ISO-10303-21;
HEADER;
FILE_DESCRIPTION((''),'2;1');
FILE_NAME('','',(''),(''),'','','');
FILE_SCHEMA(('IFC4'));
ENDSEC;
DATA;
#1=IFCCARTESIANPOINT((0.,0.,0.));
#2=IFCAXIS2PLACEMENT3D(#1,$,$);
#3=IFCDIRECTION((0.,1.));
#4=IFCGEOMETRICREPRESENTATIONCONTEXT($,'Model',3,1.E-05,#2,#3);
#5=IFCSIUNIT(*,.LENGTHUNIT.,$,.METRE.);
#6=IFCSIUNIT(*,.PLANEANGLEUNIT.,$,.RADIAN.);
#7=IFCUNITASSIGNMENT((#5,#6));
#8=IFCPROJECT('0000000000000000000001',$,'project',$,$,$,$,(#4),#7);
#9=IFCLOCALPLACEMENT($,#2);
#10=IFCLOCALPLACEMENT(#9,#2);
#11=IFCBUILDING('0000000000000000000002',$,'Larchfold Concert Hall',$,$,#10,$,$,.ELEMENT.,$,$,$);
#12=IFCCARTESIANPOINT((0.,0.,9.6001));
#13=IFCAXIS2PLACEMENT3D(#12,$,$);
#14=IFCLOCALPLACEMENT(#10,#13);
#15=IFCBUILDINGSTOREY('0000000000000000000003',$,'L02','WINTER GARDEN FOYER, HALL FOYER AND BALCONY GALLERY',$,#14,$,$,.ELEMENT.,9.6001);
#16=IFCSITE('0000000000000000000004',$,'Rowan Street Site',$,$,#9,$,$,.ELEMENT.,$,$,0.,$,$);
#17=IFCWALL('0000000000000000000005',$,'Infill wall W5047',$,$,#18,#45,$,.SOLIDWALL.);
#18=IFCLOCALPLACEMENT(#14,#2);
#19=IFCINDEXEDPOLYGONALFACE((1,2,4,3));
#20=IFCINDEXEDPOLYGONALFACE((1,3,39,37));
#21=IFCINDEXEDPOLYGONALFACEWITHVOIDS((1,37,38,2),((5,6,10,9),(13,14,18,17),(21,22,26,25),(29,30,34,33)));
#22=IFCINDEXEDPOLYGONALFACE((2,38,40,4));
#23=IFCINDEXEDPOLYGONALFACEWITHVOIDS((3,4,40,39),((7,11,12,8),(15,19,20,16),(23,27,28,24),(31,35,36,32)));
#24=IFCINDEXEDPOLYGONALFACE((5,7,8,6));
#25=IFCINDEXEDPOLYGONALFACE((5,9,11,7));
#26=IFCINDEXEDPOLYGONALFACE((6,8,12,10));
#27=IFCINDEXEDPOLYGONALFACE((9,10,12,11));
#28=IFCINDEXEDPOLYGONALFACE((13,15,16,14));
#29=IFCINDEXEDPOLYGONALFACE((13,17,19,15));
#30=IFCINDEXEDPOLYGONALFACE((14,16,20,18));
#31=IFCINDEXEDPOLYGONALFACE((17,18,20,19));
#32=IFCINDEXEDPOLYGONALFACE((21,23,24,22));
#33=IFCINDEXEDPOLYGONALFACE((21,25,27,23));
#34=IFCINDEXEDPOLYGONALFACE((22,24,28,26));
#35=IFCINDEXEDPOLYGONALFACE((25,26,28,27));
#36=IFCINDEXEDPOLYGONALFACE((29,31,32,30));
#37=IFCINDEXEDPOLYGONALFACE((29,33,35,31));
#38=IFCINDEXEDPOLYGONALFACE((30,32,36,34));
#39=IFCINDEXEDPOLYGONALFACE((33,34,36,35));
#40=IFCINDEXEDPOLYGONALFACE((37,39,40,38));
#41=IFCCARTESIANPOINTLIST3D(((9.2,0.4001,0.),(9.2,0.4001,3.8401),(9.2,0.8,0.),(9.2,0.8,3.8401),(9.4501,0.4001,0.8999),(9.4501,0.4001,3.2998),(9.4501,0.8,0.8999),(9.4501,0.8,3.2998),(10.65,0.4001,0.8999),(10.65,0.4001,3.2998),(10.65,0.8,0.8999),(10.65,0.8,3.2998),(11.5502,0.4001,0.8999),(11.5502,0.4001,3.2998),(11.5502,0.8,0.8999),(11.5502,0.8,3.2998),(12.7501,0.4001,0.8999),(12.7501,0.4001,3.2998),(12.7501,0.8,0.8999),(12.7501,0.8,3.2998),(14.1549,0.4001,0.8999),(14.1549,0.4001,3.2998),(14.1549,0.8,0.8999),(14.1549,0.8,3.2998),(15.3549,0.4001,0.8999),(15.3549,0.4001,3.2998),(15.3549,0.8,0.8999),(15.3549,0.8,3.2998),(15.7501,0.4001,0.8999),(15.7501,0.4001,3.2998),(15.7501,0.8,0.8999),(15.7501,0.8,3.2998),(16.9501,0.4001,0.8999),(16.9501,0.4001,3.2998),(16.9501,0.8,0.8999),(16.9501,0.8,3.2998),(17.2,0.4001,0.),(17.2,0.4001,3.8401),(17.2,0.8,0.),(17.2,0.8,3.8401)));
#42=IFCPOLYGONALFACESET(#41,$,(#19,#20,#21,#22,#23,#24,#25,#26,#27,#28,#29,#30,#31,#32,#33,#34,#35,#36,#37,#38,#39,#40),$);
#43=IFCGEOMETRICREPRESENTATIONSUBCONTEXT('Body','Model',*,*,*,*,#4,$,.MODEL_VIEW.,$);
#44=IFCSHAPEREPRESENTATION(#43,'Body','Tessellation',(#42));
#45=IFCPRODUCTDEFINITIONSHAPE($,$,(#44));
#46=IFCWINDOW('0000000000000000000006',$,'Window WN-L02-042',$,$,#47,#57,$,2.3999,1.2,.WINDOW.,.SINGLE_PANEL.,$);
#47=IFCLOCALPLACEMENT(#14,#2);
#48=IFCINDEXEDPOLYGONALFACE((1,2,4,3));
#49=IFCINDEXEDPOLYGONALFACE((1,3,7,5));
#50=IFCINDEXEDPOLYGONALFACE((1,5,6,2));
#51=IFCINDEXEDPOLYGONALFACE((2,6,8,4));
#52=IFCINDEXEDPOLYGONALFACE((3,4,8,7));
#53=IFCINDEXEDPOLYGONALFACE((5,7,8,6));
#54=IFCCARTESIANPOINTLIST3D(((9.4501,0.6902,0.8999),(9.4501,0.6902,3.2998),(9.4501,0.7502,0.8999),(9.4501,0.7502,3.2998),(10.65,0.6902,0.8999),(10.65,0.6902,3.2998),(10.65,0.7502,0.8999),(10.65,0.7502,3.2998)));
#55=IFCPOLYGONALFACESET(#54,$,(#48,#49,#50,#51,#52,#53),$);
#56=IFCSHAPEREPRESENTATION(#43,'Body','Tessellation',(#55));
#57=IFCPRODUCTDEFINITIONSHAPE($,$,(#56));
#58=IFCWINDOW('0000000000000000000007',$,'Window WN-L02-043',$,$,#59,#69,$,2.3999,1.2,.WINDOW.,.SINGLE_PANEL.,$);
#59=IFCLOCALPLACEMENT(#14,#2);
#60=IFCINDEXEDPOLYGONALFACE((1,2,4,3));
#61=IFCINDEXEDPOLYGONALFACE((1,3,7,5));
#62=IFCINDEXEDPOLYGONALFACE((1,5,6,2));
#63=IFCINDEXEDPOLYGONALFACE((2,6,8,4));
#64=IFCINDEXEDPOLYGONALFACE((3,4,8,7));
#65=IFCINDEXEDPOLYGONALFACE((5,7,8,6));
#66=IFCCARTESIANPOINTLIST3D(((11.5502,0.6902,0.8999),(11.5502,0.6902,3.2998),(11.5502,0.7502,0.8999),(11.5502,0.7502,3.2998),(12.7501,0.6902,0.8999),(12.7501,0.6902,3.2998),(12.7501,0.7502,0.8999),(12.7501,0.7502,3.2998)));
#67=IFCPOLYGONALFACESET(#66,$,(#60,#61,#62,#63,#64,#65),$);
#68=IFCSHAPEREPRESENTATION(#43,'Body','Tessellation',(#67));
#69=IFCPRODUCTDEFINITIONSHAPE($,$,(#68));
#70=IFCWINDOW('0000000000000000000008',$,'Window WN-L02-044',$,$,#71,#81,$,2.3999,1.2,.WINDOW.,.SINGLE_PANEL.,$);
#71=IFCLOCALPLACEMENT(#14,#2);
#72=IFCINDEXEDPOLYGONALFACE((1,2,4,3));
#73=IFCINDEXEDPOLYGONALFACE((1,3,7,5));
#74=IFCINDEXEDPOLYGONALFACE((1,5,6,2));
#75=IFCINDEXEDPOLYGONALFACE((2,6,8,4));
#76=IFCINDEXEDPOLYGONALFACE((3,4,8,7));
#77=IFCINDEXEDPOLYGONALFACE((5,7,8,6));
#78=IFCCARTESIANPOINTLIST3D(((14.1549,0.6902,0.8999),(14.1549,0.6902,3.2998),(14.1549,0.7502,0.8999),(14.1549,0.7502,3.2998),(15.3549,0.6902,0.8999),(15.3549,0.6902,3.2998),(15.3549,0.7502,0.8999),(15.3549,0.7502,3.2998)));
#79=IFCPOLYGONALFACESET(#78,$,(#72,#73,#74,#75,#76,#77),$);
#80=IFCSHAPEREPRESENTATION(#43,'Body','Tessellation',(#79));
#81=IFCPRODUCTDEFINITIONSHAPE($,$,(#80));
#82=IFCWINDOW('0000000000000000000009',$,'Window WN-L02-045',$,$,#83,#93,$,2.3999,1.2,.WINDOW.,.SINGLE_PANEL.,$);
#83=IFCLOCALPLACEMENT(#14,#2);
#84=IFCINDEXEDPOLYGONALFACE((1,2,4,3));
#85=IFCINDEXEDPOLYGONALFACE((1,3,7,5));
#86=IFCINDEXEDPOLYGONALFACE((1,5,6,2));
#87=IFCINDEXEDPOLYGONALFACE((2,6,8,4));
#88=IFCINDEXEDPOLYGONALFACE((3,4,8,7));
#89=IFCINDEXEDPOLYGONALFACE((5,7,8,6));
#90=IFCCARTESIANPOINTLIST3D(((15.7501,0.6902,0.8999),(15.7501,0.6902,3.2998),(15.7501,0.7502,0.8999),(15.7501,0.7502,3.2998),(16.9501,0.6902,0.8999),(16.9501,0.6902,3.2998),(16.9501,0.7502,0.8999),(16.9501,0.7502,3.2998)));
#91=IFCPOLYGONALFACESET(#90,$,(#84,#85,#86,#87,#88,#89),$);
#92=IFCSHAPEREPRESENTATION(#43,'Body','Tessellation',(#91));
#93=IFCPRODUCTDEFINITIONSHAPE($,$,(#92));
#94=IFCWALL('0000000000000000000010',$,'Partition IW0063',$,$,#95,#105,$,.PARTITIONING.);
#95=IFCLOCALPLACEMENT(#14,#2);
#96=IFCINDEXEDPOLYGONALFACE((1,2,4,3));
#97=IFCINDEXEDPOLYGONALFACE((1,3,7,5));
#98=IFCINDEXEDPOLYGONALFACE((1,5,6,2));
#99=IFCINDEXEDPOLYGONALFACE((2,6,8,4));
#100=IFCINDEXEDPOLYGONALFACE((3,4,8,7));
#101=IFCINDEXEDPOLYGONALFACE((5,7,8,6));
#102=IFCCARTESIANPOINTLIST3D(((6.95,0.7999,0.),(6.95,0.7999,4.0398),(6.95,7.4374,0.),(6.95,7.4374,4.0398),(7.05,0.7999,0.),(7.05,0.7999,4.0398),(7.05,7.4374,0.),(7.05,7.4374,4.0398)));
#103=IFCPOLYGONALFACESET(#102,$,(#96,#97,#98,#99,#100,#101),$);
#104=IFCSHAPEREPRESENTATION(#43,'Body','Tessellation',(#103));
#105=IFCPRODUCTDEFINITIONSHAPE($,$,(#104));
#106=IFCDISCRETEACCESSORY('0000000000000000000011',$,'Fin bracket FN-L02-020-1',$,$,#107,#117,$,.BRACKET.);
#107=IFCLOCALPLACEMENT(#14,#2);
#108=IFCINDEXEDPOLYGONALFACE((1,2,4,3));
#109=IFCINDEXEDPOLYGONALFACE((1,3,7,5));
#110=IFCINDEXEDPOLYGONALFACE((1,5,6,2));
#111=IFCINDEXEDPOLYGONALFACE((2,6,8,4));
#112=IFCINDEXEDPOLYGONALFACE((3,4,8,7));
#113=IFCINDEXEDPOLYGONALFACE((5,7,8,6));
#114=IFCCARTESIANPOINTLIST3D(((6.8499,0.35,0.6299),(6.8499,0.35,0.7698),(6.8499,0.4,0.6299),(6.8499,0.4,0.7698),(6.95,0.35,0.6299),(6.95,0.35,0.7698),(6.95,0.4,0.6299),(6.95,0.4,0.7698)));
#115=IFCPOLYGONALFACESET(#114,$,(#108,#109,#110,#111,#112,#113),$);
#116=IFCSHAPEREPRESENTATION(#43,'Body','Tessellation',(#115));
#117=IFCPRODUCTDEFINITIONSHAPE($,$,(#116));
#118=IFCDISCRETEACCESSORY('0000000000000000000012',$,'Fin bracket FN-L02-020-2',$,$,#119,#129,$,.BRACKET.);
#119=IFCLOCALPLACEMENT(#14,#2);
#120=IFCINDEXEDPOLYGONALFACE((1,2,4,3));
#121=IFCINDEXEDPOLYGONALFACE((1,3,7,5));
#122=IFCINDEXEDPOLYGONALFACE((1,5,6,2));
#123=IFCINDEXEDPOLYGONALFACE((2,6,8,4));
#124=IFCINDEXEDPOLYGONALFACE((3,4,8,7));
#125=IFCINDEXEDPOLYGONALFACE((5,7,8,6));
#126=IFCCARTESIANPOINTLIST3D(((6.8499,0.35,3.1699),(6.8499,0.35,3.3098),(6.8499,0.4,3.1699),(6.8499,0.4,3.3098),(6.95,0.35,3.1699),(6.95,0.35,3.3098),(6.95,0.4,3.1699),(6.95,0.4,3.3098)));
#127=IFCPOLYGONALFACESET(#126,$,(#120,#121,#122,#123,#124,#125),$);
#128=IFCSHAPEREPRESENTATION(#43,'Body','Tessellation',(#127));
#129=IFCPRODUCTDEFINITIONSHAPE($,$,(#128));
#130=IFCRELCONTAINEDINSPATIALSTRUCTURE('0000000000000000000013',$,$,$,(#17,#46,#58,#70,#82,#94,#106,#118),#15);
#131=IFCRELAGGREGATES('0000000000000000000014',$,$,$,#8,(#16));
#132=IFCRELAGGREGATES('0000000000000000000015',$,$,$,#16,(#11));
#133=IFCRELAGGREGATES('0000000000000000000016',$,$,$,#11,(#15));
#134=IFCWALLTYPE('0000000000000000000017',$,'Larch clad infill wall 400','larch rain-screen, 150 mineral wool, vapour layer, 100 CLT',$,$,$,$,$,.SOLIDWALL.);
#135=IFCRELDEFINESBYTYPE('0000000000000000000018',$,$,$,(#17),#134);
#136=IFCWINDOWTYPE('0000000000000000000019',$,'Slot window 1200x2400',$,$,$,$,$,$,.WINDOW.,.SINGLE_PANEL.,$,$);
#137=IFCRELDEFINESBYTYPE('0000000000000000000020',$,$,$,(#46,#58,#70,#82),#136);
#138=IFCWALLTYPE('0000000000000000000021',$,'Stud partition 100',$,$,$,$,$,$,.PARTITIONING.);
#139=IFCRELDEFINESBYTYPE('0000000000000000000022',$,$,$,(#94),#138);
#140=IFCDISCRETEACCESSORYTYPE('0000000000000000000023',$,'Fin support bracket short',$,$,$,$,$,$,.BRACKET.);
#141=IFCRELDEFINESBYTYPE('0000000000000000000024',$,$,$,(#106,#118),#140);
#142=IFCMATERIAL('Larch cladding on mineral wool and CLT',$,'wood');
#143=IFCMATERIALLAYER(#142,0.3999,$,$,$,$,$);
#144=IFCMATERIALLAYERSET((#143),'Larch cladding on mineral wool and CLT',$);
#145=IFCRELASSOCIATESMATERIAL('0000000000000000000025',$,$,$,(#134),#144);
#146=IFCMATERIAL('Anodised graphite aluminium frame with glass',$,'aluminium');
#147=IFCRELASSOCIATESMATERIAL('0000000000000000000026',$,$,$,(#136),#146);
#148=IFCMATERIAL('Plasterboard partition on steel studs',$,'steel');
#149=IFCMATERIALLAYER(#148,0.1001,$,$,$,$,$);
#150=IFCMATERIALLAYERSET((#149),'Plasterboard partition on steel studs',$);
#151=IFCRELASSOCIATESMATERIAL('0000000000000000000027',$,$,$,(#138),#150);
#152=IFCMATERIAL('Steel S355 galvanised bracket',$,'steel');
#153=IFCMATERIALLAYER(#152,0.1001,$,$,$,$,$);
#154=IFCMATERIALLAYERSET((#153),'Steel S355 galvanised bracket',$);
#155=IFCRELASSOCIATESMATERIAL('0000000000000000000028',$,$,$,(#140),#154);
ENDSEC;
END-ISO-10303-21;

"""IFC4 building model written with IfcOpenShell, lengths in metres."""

from ifc_helpers import new_model, si_unit, direction, frame, frame_2d, origin, origin_2d, place, context, subcontext, project, spatial, rectangle, extrude, material, layer, layer_set, type_object, element, fill, save


model = new_model("IFC4")

# Units and contexts
model_context = context("Model", 3, precision=1e-05, world=origin(), true_north=direction((0.0, 1.0)))
body_context = subcontext(model_context, "Body", "Model", "MODEL_VIEW")
ifc_project = project(units=[si_unit("LENGTHUNIT", "METRE"), si_unit("PLANEANGLEUNIT", "RADIAN")], contexts=[model_context])

# Site, building, storey
site_placement = place(None, origin())
site = spatial("IfcSite", under=ifc_project, at=site_placement, Name="Rowan Street Site", CompositionType="ELEMENT", RefElevation=0.0)
building_placement = place(site_placement, origin())
building = spatial("IfcBuilding", under=site, at=building_placement, Name="Larchfold Concert Hall", CompositionType="ELEMENT")
storey_placement = place(building_placement, frame((0.0, 0.0, 9.6001)))
storey = spatial("IfcBuildingStorey", under=building, at=storey_placement, Name="L02", Description="WINTER GARDEN FOYER, HALL FOYER AND BALCONY GALLERY", CompositionType="ELEMENT", Elevation=9.6001)

# Wall, openings, windows
ifc_material_1 = material(Name="Larch cladding on mineral wool and CLT", Category="wood")
ifc_layer_1 = layer(ifc_material_1, 0.3999)
ifc_layer_set_1 = layer_set([ifc_layer_1], Name="Larch cladding on mineral wool and CLT")
wall_type_1 = type_object("IfcWallType", Name="Larch clad infill wall 400", Description="larch rain-screen, 150 mineral wool, vapour layer, 100 CLT", PredefinedType="SOLIDWALL", material=ifc_layer_set_1)
wall_1_placement = place(storey_placement, frame((9.2, 0.6001, 0.0), z_axis=(0.0, 0.0, 1.0), x_axis=(1.0, 0.0, 0.0)))
wall_1 = element("IfcWall", 1, at=wall_1_placement, inside=storey, type_object=wall_type_1, Name="Infill wall W5047", PredefinedType="SOLIDWALL", context=body_context, shape_type="SweptSolid", body=[
    extrude(rectangle(XDim=8.0, YDim=0.3999, at=frame_2d((4.0, 0.0))), origin(), (0.0, 0.0, 1.0), 3.8401),
])
opening_1_placement = place(wall_1_placement, frame((0.25, 0.0, 0.8999)))
opening_1 = element("IfcOpeningElement", 2, at=opening_1_placement, cuts=wall_1, PredefinedType="OPENING", context=body_context, shape_type="SweptSolid", body=[
    extrude(rectangle(XDim=1.2, YDim=2.3999, at=frame_2d((0.6001, 1.2))), frame((0.0, 0.21, 0.0), z_axis=(0.0, -1.0, 0.0), x_axis=(1.0, 0.0, 0.0)), (0.0, 0.0, 1.0), 0.4199),
])
opening_2_placement = place(wall_1_placement, frame((2.3501, 0.0, 0.8999)))
opening_2 = element("IfcOpeningElement", 3, at=opening_2_placement, cuts=wall_1, PredefinedType="OPENING", context=body_context, shape_type="SweptSolid", body=[
    extrude(rectangle(XDim=1.2, YDim=2.3999, at=frame_2d((0.6001, 1.2))), frame((0.0, 0.21, 0.0), z_axis=(0.0, -1.0, 0.0), x_axis=(1.0, 0.0, 0.0)), (0.0, 0.0, 1.0), 0.4199),
])
opening_3_placement = place(wall_1_placement, frame((4.9548, 0.0, 0.8999)))
opening_3 = element("IfcOpeningElement", 4, at=opening_3_placement, cuts=wall_1, PredefinedType="OPENING", context=body_context, shape_type="SweptSolid", body=[
    extrude(rectangle(XDim=1.2, YDim=2.3999, at=frame_2d((0.6001, 1.2))), frame((0.0, 0.21, 0.0), z_axis=(0.0, -1.0, 0.0), x_axis=(1.0, 0.0, 0.0)), (0.0, 0.0, 1.0), 0.4199),
])
opening_4_placement = place(wall_1_placement, frame((6.55, 0.0, 0.8999)))
opening_4 = element("IfcOpeningElement", 5, at=opening_4_placement, cuts=wall_1, PredefinedType="OPENING", context=body_context, shape_type="SweptSolid", body=[
    extrude(rectangle(XDim=1.2, YDim=2.3999, at=frame_2d((0.6001, 1.2))), frame((0.0, 0.21, 0.0), z_axis=(0.0, -1.0, 0.0), x_axis=(1.0, 0.0, 0.0)), (0.0, 0.0, 1.0), 0.4199),
])
ifc_material_2 = material(Name="Anodised graphite aluminium frame with glass", Category="aluminium")
window_type = type_object("IfcWindowType", Name="Slot window 1200x2400", PartitioningType="SINGLE_PANEL", PredefinedType="WINDOW", material=ifc_material_2)
window_1_placement = place(opening_1_placement, origin())
window_1 = element("IfcWindow", 6, at=window_1_placement, inside=storey, type_object=window_type, Name="Window WN-L02-042", OverallHeight=2.3999, OverallWidth=1.2, PartitioningType="SINGLE_PANEL", PredefinedType="WINDOW", context=body_context, shape_type="SweptSolid", body=[
    extrude(rectangle(XDim=1.2, YDim=2.3999, at=frame_2d((0.6001, 1.2))), frame((0.0, 0.1501, 0.0), z_axis=(0.0, -1.0, 0.0), x_axis=(1.0, 0.0, 0.0)), (0.0, 0.0, 1.0), 0.0601),
])
fill(opening_1, window_1)
window_2_placement = place(opening_2_placement, origin())
window_2 = element("IfcWindow", 7, at=window_2_placement, inside=storey, type_object=window_type, Name="Window WN-L02-043", OverallHeight=2.3999, OverallWidth=1.2, PartitioningType="SINGLE_PANEL", PredefinedType="WINDOW", context=body_context, shape_type="SweptSolid", body=[
    extrude(rectangle(XDim=1.2, YDim=2.3999, at=frame_2d((0.6001, 1.2))), frame((0.0, 0.1501, 0.0), z_axis=(0.0, -1.0, 0.0), x_axis=(1.0, 0.0, 0.0)), (0.0, 0.0, 1.0), 0.0601),
])
fill(opening_2, window_2)
window_3_placement = place(opening_3_placement, origin())
window_3 = element("IfcWindow", 8, at=window_3_placement, inside=storey, type_object=window_type, Name="Window WN-L02-044", OverallHeight=2.3999, OverallWidth=1.2, PartitioningType="SINGLE_PANEL", PredefinedType="WINDOW", context=body_context, shape_type="SweptSolid", body=[
    extrude(rectangle(XDim=1.2, YDim=2.3999, at=frame_2d((0.6001, 1.2))), frame((0.0, 0.1501, 0.0), z_axis=(0.0, -1.0, 0.0), x_axis=(1.0, 0.0, 0.0)), (0.0, 0.0, 1.0), 0.0601),
])
fill(opening_3, window_3)
window_4_placement = place(opening_4_placement, origin())
window_4 = element("IfcWindow", 9, at=window_4_placement, inside=storey, type_object=window_type, Name="Window WN-L02-045", OverallHeight=2.3999, OverallWidth=1.2, PartitioningType="SINGLE_PANEL", PredefinedType="WINDOW", context=body_context, shape_type="SweptSolid", body=[
    extrude(rectangle(XDim=1.2, YDim=2.3999, at=frame_2d((0.6001, 1.2))), frame((0.0, 0.1501, 0.0), z_axis=(0.0, -1.0, 0.0), x_axis=(1.0, 0.0, 0.0)), (0.0, 0.0, 1.0), 0.0601),
])
fill(opening_4, window_4)

# Wall
ifc_material_3 = material(Name="Plasterboard partition on steel studs", Category="steel")
ifc_layer_2 = layer(ifc_material_3, 0.1001)
ifc_layer_set_2 = layer_set([ifc_layer_2], Name="Plasterboard partition on steel studs")
wall_type_2 = type_object("IfcWallType", Name="Stud partition 100", PredefinedType="PARTITIONING", material=ifc_layer_set_2)
wall_2_placement = place(storey_placement, frame((7.0, 7.4375, 0.0), z_axis=(0.0, 0.0, 1.0), x_axis=(0.0, -1.0, 0.0)))
element("IfcWall", 10, at=wall_2_placement, inside=storey, type_object=wall_type_2, Name="Partition IW0063", PredefinedType="PARTITIONING", context=body_context, shape_type="SweptSolid", body=[
    extrude(rectangle(XDim=6.6375, YDim=0.1001, at=frame_2d((3.3188, 0.0))), origin(), (0.0, 0.0, 1.0), 4.0398),
])

# Discrete accessories
ifc_material_4 = material(Name="Steel S355 galvanised bracket", Category="steel")
ifc_layer_3 = layer(ifc_material_4, 0.1001)
ifc_layer_set_3 = layer_set([ifc_layer_3], Name="Steel S355 galvanised bracket")
discrete_accessory_type = type_object("IfcDiscreteAccessoryType", Name="Fin support bracket short", PredefinedType="BRACKET", material=ifc_layer_set_3)
for number, where, z_axis, x_axis, name in (
    (11, (6.8999, 0.375, 0.6299), (0.0, 0.0, 1.0), (0.0, -1.0, 0.0), "Fin bracket FN-L02-020-1"),
    (12, (6.8999, 0.375, 3.1699), (0.0, 0.0, 1.0), (0.0, -1.0, 0.0), "Fin bracket FN-L02-020-2"),
):
    element("IfcDiscreteAccessory", number, at=place(storey_placement, frame(where, z_axis=z_axis, x_axis=x_axis)), inside=storey, type_object=discrete_accessory_type, Name=name, PredefinedType="BRACKET", context=body_context, shape_type="SweptSolid", body=[
        extrude(rectangle(XDim=0.05, YDim=0.1001, at=origin_2d()), origin(), (0.0, 0.0, 1.0), 0.1399),
    ])

save(model, "model.ifc")
